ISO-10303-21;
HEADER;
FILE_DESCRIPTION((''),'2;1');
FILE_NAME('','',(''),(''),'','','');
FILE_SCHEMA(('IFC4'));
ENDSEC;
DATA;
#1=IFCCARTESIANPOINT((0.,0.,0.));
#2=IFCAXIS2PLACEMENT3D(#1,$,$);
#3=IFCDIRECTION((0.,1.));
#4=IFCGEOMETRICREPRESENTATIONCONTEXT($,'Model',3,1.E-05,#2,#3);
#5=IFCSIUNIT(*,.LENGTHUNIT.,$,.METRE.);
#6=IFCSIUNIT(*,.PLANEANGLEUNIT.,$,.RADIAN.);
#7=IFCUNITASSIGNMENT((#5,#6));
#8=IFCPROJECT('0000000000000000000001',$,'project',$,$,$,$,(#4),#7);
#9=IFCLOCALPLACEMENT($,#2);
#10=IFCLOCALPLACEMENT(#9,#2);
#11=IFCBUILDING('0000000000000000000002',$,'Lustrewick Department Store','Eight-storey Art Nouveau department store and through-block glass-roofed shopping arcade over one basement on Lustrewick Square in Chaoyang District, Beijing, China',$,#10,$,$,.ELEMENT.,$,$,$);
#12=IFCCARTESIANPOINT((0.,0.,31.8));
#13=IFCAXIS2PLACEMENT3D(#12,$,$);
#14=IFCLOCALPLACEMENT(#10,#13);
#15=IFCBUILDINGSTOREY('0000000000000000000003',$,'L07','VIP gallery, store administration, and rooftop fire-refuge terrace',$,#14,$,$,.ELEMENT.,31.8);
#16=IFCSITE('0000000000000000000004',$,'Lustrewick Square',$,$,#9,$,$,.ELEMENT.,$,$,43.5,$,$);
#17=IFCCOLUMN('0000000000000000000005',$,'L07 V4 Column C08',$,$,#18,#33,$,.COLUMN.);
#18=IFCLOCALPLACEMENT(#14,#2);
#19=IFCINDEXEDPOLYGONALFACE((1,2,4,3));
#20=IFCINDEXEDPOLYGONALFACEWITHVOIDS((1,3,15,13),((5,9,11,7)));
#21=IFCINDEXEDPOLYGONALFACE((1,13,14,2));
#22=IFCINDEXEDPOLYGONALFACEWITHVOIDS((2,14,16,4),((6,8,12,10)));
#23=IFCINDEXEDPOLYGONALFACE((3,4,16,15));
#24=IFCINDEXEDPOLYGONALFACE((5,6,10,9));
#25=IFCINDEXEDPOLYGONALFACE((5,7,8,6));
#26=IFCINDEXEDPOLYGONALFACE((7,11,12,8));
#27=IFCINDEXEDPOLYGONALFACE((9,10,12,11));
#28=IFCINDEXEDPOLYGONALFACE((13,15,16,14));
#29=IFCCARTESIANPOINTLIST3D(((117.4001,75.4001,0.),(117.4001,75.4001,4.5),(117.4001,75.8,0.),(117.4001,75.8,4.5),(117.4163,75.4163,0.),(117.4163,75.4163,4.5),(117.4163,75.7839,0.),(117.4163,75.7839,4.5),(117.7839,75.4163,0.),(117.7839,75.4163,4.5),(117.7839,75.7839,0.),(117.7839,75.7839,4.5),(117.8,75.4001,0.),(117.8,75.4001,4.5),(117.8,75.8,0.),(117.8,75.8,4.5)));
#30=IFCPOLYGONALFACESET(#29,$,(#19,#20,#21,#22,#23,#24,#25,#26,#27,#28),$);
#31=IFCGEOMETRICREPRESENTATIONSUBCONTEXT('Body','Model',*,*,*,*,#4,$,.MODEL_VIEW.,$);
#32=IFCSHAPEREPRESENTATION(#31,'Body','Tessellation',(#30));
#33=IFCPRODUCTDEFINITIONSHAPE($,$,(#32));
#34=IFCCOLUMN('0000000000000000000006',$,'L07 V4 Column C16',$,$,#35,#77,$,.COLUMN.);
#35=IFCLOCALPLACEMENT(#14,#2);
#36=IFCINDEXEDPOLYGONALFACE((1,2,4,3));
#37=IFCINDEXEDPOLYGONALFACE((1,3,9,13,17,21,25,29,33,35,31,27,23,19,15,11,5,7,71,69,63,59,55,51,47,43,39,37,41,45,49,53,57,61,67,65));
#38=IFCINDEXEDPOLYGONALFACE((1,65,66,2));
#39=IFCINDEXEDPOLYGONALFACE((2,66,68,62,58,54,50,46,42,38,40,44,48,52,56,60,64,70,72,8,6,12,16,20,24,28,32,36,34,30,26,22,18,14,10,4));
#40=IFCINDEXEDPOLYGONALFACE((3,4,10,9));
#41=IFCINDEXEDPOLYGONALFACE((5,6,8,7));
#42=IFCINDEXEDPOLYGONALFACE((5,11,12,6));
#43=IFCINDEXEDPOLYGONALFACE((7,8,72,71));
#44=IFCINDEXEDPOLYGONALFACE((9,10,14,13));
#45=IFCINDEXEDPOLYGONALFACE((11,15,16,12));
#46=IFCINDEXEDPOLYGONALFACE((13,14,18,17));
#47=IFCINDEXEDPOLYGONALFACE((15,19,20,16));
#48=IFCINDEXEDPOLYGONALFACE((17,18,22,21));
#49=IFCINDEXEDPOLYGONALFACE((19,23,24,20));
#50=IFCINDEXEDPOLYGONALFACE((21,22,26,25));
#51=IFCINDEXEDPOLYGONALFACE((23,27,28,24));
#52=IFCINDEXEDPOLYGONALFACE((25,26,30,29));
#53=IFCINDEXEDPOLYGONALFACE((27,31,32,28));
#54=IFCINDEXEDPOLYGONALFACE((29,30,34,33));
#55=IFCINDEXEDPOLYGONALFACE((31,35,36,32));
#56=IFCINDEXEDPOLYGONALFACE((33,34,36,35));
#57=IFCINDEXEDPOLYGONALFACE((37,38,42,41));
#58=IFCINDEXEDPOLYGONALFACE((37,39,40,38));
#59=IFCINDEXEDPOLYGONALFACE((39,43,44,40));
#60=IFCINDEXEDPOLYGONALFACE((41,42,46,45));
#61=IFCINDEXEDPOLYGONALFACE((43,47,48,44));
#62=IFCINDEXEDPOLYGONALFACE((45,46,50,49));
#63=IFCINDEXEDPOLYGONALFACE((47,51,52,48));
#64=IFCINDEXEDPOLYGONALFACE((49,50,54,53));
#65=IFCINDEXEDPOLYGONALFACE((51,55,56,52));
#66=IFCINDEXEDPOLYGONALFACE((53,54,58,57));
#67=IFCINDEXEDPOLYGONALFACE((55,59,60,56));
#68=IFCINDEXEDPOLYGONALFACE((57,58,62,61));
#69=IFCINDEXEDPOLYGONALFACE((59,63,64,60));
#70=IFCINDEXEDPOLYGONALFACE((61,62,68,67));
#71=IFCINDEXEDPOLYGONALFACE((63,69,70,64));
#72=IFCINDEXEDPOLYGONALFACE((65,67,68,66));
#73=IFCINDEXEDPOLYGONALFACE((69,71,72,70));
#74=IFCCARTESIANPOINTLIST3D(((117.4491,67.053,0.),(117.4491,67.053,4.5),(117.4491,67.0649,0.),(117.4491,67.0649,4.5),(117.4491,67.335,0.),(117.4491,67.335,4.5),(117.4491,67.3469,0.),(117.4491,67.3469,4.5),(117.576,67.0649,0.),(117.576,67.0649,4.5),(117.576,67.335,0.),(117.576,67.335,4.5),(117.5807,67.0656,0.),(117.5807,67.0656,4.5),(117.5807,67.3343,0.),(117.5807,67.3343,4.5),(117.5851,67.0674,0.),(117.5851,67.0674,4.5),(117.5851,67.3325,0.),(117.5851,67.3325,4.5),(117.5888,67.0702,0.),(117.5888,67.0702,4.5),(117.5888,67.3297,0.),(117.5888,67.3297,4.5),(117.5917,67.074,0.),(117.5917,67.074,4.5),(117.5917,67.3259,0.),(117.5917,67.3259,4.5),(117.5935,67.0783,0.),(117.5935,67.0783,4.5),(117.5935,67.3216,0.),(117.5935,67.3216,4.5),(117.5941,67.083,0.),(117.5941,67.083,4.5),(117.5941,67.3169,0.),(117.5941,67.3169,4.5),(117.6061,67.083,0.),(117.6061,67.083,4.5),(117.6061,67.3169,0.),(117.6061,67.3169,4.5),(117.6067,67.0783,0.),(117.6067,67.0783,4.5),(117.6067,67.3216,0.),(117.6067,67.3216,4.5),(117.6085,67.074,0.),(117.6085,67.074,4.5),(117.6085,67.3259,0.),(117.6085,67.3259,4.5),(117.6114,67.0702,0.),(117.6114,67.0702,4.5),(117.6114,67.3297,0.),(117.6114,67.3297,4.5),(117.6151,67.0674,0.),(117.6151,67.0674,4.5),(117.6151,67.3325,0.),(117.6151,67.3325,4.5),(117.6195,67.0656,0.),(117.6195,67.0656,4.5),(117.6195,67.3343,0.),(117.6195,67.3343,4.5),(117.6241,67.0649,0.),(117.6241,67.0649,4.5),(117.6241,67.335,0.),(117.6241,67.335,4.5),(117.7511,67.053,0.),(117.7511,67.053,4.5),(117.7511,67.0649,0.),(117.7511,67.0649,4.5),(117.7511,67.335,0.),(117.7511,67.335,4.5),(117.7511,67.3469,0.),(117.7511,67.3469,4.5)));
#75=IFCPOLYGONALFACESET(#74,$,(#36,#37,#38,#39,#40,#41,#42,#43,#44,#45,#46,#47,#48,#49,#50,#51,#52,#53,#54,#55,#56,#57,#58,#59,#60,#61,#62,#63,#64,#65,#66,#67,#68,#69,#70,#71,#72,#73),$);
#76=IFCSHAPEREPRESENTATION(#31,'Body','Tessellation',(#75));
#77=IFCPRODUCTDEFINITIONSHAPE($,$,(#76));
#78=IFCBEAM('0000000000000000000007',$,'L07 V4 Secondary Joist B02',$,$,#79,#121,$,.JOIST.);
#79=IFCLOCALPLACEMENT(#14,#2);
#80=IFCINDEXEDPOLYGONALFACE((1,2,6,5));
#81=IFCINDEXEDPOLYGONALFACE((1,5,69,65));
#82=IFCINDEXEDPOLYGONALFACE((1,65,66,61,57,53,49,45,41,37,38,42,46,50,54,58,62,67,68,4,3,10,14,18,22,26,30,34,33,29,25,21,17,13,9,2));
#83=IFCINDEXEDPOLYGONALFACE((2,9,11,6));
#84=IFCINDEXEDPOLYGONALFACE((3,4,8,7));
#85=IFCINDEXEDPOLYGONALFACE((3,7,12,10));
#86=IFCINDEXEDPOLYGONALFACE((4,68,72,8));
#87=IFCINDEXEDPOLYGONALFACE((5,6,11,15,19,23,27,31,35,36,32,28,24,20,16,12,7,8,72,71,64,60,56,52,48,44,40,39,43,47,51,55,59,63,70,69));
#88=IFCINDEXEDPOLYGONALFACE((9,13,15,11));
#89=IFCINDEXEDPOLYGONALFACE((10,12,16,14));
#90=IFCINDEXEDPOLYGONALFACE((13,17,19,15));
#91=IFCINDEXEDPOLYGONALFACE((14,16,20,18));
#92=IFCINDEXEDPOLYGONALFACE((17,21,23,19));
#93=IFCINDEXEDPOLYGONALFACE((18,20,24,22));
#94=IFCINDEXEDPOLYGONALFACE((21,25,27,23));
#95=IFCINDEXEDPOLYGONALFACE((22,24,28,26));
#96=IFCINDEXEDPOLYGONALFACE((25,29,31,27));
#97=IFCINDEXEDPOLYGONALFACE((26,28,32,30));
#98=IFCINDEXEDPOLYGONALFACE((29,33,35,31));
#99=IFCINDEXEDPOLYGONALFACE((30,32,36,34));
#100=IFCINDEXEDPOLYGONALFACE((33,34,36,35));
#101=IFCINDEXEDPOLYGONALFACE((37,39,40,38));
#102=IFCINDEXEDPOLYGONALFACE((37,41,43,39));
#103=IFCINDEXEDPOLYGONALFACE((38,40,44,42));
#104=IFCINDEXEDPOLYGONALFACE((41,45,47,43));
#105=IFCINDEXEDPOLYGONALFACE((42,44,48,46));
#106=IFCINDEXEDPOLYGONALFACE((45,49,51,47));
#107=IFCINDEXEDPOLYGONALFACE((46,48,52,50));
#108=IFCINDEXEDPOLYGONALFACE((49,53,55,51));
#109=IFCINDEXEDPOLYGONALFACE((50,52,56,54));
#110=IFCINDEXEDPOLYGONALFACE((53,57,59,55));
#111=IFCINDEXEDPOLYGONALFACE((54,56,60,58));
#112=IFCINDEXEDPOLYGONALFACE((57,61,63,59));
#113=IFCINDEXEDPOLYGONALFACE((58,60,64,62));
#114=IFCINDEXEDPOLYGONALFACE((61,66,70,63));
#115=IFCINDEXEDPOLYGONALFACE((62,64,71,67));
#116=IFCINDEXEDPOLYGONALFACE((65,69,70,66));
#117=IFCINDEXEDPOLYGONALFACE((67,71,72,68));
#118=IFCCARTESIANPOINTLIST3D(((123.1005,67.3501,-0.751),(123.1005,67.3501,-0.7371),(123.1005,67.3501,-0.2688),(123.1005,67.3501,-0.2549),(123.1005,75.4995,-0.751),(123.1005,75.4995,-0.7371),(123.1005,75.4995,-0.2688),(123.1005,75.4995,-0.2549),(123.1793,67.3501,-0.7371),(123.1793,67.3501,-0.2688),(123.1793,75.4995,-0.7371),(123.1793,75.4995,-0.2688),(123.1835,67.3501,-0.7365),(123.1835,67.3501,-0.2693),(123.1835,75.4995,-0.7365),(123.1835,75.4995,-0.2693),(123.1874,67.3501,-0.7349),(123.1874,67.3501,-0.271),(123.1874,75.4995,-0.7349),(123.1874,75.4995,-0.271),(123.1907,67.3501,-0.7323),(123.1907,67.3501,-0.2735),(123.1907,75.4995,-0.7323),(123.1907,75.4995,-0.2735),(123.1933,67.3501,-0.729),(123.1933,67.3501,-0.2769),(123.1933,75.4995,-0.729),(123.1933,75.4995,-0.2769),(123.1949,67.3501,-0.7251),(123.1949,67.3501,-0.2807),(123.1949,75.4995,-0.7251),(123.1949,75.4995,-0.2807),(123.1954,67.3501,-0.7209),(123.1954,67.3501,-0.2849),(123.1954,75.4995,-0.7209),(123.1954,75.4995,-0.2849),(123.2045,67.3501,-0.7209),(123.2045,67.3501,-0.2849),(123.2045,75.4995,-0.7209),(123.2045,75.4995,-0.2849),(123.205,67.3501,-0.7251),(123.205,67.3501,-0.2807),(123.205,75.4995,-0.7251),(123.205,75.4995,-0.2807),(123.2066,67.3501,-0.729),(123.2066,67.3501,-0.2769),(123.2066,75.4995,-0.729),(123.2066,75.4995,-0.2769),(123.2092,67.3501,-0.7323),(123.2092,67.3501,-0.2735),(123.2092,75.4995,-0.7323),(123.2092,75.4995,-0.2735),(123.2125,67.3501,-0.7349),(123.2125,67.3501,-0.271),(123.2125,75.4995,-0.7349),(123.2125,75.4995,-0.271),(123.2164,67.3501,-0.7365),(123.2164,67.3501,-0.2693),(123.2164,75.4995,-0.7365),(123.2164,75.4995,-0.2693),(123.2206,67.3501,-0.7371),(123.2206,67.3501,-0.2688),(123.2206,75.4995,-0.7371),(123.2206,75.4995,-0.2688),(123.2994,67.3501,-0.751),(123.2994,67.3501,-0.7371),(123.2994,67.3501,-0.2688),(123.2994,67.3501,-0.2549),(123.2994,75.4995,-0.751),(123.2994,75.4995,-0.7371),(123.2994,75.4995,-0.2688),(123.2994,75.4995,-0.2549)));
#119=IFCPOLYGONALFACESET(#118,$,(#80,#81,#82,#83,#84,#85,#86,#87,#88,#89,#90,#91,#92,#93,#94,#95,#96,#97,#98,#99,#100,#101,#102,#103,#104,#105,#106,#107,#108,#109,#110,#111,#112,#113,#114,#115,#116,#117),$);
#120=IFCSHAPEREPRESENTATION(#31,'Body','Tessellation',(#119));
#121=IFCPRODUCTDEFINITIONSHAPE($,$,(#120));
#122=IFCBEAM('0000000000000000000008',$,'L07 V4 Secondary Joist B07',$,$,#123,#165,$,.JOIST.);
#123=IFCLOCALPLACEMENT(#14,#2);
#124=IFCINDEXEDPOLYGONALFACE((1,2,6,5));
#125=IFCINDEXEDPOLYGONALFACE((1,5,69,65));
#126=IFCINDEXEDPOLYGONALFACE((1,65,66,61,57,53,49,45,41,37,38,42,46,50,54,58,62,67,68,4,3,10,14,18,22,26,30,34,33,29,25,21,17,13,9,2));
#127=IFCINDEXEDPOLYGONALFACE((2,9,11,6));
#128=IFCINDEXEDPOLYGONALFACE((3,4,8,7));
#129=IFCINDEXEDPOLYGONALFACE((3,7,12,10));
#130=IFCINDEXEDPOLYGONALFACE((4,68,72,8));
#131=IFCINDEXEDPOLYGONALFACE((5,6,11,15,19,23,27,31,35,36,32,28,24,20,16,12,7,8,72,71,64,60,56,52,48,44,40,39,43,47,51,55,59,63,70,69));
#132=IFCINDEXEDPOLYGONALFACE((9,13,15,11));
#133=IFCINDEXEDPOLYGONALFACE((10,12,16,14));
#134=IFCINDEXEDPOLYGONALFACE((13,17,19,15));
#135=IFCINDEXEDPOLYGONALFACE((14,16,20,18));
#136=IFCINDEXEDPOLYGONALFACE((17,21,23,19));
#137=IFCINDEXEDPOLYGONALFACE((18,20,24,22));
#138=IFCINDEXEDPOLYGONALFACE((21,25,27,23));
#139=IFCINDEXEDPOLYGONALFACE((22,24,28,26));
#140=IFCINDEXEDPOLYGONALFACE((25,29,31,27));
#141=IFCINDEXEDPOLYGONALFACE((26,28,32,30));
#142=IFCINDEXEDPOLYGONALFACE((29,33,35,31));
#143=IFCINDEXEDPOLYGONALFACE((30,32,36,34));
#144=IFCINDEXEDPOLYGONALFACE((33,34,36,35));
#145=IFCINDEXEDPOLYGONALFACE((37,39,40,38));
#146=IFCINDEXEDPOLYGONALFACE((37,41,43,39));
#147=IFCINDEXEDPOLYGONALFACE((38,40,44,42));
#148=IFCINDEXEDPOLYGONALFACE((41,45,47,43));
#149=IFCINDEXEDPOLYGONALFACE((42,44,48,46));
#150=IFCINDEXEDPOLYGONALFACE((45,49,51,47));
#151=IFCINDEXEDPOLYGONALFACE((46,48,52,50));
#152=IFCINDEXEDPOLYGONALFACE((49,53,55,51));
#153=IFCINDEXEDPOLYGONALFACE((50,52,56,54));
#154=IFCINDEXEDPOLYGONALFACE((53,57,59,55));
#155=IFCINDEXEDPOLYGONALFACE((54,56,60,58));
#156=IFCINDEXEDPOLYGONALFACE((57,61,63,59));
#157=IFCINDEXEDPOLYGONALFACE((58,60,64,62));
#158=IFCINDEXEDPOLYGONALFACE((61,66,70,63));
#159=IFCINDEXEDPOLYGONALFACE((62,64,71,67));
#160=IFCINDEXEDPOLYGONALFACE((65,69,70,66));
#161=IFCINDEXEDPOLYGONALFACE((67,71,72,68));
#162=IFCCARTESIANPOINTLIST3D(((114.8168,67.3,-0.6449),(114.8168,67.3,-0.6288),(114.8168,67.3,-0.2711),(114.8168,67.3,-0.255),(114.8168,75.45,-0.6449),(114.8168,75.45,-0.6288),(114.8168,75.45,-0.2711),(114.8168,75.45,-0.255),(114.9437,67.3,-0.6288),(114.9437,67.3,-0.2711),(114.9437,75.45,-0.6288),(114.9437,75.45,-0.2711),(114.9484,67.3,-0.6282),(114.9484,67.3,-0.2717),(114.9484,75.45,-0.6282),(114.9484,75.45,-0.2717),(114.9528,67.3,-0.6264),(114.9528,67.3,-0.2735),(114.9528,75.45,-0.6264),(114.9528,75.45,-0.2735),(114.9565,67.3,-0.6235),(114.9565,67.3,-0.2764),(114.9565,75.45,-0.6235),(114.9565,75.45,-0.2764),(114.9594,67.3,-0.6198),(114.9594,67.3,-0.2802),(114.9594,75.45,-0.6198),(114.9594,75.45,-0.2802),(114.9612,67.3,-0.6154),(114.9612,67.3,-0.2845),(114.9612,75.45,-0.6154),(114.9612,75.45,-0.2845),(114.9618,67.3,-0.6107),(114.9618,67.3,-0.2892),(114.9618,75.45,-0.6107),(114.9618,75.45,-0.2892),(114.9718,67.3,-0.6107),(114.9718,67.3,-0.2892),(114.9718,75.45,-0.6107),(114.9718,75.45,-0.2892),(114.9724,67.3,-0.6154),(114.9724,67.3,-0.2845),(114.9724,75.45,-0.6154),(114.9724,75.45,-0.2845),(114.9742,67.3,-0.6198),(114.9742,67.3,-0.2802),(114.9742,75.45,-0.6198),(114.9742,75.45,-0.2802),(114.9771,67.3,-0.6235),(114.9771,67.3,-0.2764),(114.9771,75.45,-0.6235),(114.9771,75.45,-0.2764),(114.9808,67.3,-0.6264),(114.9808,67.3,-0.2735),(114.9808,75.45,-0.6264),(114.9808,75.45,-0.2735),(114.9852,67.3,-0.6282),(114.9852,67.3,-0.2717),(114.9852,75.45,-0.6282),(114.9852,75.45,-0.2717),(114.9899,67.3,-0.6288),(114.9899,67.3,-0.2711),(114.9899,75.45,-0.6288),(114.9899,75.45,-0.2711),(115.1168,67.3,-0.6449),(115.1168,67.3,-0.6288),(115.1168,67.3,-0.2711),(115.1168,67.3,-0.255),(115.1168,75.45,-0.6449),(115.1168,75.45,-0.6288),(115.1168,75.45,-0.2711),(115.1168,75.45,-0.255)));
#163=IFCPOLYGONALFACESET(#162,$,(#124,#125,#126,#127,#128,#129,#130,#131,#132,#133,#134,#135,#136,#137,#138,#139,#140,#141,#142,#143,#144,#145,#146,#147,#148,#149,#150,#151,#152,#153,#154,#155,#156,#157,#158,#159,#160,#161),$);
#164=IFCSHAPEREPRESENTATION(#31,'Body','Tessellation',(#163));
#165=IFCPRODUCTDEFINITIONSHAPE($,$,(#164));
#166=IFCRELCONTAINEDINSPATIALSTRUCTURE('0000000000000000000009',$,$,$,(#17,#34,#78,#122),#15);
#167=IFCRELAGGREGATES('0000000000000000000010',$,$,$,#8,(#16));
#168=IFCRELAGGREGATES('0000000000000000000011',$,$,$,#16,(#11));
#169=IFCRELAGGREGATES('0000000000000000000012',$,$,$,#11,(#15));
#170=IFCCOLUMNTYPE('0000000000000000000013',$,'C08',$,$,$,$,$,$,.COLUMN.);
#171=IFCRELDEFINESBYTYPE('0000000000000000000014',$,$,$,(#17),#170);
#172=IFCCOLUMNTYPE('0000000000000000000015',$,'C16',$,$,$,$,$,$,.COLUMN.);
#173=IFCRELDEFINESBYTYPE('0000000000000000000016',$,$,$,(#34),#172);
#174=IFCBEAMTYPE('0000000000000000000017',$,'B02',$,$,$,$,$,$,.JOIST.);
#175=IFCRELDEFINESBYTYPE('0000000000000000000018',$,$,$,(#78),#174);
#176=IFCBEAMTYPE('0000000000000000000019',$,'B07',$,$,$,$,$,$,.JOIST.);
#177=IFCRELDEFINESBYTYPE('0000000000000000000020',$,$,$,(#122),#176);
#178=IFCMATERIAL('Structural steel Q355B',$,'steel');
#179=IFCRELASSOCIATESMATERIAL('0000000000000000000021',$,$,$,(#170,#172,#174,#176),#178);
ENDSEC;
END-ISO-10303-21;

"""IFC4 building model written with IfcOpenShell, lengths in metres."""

from ifc_helpers import new_model, si_unit, direction, frame, origin, origin_2d, place, context, subcontext, project, spatial, hollow_rectangle, i_section, extrude, material, material_profile, profile_set, type_object, element, save


model = new_model("IFC4")

# Units and contexts
model_context = context("Model", 3, precision=1e-05, world=origin(), true_north=direction((0.0, 1.0)))
body_context = subcontext(model_context, "Body", "Model", "MODEL_VIEW")
ifc_project = project(units=[si_unit("LENGTHUNIT", "METRE"), si_unit("PLANEANGLEUNIT", "RADIAN")], contexts=[model_context])

# Site, building, storey
site_placement = place(None, origin())
site = spatial("IfcSite", under=ifc_project, at=site_placement, Name="Lustrewick Square", CompositionType="ELEMENT", RefElevation=43.5)
building_placement = place(site_placement, origin())
building = spatial("IfcBuilding", under=site, at=building_placement, Name="Lustrewick Department Store", Description="Eight-storey Art Nouveau department store and through-block glass-roofed shopping arcade over one basement on Lustrewick Square in Chaoyang District, Beijing, China", CompositionType="ELEMENT")
storey_placement = place(building_placement, frame((0.0, 0.0, 31.8)))
storey = spatial("IfcBuildingStorey", under=building, at=storey_placement, Name="L07", Description="VIP gallery, store administration, and rooftop fire-refuge terrace", CompositionType="ELEMENT", Elevation=31.8)

# Columns
ifc_material_1 = material(Name="Structural steel Q355B", Category="steel")
ifc_material_profile_1 = material_profile(ifc_material_1, hollow_rectangle(XDim=0.3999, YDim=0.3999, WallThickness=0.0161, at=origin_2d()), Name="BOX 400x400x16")
ifc_profile_set_1 = profile_set([ifc_material_profile_1], Name="Structural steel Q355B")
column_type_1 = type_object("IfcColumnType", Name="C08", PredefinedType="COLUMN", material=ifc_profile_set_1)
column_1_placement = place(storey_placement, frame((117.6001, 75.6001, 0.0), z_axis=(0.0, 0.0, 1.0), x_axis=(1.0, 0.0, 0.0)))
element("IfcColumn", 1, at=column_1_placement, inside=storey, type_object=column_type_1, Name="L07 V4 Column C08", PredefinedType="COLUMN", context=body_context, shape_type="SweptSolid", body=[
    extrude(hollow_rectangle(XDim=0.3999, YDim=0.3999, WallThickness=0.0161, at=origin_2d()), origin(), (0.0, 0.0, 1.0), 4.5),
])
ifc_material_profile_2 = material_profile(ifc_material_1, i_section(OverallWidth=0.302, OverallDepth=0.2939, WebThickness=0.012, FlangeThickness=0.012, FilletRadius=0.0181, at=origin_2d()), Name="HW 294x302x12x12")
ifc_profile_set_2 = profile_set([ifc_material_profile_2], Name="Structural steel Q355B")
column_type_2 = type_object("IfcColumnType", Name="C16", PredefinedType="COLUMN", material=ifc_profile_set_2)
column_2_placement = place(storey_placement, frame((117.6001, 67.2, 0.0), z_axis=(0.0, 0.0, 1.0), x_axis=(1.0, 0.0, 0.0)))
element("IfcColumn", 2, at=column_2_placement, inside=storey, type_object=column_type_2, Name="L07 V4 Column C16", PredefinedType="COLUMN", context=body_context, shape_type="SweptSolid", body=[
    extrude(i_section(OverallWidth=0.302, OverallDepth=0.2939, WebThickness=0.012, FlangeThickness=0.012, FilletRadius=0.0181, at=origin_2d()), origin(), (0.0, 0.0, 1.0), 4.5),
])

# Beams
ifc_material_profile_3 = material_profile(ifc_material_1, i_section(OverallWidth=0.199, OverallDepth=0.4961, WebThickness=0.009, FlangeThickness=0.0139, FilletRadius=0.0161, at=origin_2d()), Name="HN 496x199x9x14")
ifc_profile_set_3 = profile_set([ifc_material_profile_3], Name="Structural steel Q355B")
beam_type_1 = type_object("IfcBeamType", Name="B02", PredefinedType="JOIST", material=ifc_profile_set_3)
beam_1_placement = place(storey_placement, frame((123.2, 67.3501, -0.5029), z_axis=(0.0, 1.0, 0.0), x_axis=(-1.0, 0.0, 0.0)))
element("IfcBeam", 3, at=beam_1_placement, inside=storey, type_object=beam_type_1, Name="L07 V4 Secondary Joist B02", PredefinedType="JOIST", context=body_context, shape_type="SweptSolid", body=[
    extrude(i_section(OverallWidth=0.199, OverallDepth=0.4961, WebThickness=0.009, FlangeThickness=0.0139, FilletRadius=0.0161, at=origin_2d()), origin(), (0.0, 0.0, 1.0), 8.1494),
])
ifc_material_profile_4 = material_profile(ifc_material_1, i_section(OverallWidth=0.3, OverallDepth=0.3899, WebThickness=0.01, FlangeThickness=0.0161, FilletRadius=0.0181, at=origin_2d()), Name="HM 390x300x10x16")
ifc_profile_set_4 = profile_set([ifc_material_profile_4], Name="Structural steel Q355B")
beam_type_2 = type_object("IfcBeamType", Name="B07", PredefinedType="JOIST", material=ifc_profile_set_4)
beam_2_placement = place(storey_placement, frame((114.9668, 67.3, -0.45), z_axis=(0.0, 1.0, 0.0), x_axis=(-1.0, 0.0, 0.0)))
element("IfcBeam", 4, at=beam_2_placement, inside=storey, type_object=beam_type_2, Name="L07 V4 Secondary Joist B07", PredefinedType="JOIST", context=body_context, shape_type="SweptSolid", body=[
    extrude(i_section(OverallWidth=0.3, OverallDepth=0.3899, WebThickness=0.01, FlangeThickness=0.0161, FilletRadius=0.0181, at=origin_2d()), origin(), (0.0, 0.0, 1.0), 8.1499),
])

save(model, "model.ifc")
